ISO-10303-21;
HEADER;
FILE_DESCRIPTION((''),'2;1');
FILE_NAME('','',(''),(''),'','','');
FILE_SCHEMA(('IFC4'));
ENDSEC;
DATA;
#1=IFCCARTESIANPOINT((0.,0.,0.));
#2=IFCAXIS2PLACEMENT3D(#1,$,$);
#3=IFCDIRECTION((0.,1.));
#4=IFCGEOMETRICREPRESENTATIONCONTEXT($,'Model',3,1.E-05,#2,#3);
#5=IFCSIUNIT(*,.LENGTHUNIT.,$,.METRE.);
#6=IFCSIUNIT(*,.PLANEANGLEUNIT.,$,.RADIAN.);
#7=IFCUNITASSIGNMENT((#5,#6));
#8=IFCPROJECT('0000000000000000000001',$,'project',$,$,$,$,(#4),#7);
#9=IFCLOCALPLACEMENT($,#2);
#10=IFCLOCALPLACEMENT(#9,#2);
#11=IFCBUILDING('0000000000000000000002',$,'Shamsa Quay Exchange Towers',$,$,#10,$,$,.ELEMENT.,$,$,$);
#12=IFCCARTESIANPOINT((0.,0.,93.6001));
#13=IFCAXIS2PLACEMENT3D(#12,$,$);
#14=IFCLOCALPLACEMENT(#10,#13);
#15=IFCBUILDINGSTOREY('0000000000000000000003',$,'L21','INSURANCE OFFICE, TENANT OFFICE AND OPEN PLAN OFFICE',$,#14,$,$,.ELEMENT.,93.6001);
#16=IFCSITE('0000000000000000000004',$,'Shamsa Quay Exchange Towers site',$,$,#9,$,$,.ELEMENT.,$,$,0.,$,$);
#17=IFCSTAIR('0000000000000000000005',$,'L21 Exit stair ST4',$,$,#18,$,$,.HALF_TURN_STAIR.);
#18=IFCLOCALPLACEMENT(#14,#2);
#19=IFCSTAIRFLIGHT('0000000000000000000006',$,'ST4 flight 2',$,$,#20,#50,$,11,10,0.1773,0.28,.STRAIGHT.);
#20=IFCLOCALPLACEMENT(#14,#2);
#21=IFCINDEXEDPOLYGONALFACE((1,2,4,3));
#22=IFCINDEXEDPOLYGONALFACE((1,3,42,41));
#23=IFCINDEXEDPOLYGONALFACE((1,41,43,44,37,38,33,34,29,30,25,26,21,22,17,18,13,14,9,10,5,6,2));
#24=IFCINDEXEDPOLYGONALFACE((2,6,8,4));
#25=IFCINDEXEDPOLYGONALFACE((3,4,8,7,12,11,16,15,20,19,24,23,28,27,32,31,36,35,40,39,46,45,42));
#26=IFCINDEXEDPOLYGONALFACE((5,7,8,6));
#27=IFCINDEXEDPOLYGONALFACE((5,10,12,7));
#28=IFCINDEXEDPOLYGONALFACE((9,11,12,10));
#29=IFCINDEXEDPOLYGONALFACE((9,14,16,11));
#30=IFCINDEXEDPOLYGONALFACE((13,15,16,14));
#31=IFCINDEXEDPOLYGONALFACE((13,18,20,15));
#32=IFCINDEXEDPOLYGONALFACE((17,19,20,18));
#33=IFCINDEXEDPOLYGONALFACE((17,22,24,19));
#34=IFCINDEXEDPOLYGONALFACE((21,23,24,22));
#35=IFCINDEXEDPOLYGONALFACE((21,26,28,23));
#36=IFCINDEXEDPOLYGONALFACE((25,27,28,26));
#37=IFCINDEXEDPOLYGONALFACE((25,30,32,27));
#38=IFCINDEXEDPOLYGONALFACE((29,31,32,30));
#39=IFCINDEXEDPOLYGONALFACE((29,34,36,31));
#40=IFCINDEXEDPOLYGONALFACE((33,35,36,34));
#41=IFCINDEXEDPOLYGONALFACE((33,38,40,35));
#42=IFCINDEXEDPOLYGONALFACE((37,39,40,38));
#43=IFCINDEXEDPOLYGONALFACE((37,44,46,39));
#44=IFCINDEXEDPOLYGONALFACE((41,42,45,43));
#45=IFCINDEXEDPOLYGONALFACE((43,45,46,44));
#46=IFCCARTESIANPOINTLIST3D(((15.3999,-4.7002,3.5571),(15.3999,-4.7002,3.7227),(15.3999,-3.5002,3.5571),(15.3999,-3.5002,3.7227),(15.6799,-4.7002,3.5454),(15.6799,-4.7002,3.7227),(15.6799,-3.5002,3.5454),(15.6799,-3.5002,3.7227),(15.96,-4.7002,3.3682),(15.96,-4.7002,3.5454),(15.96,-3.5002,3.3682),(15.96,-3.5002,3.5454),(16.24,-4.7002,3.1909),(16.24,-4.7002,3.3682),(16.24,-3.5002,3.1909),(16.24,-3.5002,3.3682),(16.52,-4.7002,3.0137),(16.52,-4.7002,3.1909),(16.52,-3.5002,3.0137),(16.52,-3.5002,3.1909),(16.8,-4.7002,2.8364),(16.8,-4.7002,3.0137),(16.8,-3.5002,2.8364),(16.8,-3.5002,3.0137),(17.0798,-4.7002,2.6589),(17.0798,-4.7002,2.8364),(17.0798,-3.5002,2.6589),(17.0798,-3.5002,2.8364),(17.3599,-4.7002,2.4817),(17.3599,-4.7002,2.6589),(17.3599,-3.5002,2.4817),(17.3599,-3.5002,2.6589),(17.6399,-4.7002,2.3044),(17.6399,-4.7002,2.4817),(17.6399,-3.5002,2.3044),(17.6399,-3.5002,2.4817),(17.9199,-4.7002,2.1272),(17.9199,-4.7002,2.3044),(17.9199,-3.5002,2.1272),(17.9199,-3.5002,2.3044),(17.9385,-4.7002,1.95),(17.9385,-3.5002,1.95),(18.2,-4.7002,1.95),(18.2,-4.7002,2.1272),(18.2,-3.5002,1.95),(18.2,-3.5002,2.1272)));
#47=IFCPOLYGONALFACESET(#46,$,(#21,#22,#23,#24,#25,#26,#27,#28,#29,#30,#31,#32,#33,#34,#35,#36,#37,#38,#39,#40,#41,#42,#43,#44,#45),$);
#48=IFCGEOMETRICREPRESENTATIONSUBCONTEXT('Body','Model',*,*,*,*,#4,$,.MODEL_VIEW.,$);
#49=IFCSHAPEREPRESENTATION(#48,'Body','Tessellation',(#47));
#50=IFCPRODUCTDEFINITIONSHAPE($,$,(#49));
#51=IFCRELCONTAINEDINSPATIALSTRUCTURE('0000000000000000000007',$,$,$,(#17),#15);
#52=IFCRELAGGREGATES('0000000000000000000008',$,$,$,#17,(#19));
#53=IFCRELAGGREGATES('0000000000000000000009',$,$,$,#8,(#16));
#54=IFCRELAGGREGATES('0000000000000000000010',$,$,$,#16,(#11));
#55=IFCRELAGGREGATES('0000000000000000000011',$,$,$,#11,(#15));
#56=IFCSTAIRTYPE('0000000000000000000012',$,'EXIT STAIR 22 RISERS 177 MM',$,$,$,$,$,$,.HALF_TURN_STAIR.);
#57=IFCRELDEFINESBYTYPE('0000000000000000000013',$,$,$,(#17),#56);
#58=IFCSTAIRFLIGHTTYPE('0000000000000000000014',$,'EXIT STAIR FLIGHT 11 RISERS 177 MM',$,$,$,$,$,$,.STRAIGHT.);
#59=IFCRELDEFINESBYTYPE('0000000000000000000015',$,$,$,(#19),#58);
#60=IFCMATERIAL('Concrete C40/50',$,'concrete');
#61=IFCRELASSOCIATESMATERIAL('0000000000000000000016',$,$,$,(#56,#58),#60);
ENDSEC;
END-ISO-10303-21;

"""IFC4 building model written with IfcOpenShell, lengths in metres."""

from ifc_helpers import new_model, si_unit, direction, frame, origin, place, context, subcontext, project, spatial, polyline, outline, extrude, material, type_object, element, aggregate, save


model = new_model("IFC4")

# Units and contexts
model_context = context("Model", 3, precision=1e-05, world=origin(), true_north=direction((0.0, 1.0)))
body_context = subcontext(model_context, "Body", "Model", "MODEL_VIEW")
ifc_project = project(units=[si_unit("LENGTHUNIT", "METRE"), si_unit("PLANEANGLEUNIT", "RADIAN")], contexts=[model_context])

# Site, building, storey
site_placement = place(None, origin())
site = spatial("IfcSite", under=ifc_project, at=site_placement, Name="Shamsa Quay Exchange Towers site", CompositionType="ELEMENT", RefElevation=0.0)
building_placement = place(site_placement, origin())
building = spatial("IfcBuilding", under=site, at=building_placement, Name="Shamsa Quay Exchange Towers", CompositionType="ELEMENT")
storey_placement = place(building_placement, frame((0.0, 0.0, 93.6001)))
storey = spatial("IfcBuildingStorey", under=building, at=storey_placement, Name="L21", Description="INSURANCE OFFICE, TENANT OFFICE AND OPEN PLAN OFFICE", CompositionType="ELEMENT", Elevation=93.6001)

# Stair, stair flight
ifc_material_1 = material(Name="Concrete C40/50", Category="concrete")
stair_type = type_object("IfcStairType", Name="EXIT STAIR 22 RISERS 177 MM", PredefinedType="HALF_TURN_STAIR", material=ifc_material_1)
stair_placement = place(storey_placement, origin())
stair = element("IfcStair", 1, at=stair_placement, inside=storey, type_object=stair_type, Name="L21 Exit stair ST4", PredefinedType="HALF_TURN_STAIR")
stair_flight_type = type_object("IfcStairFlightType", Name="EXIT STAIR FLIGHT 11 RISERS 177 MM", PredefinedType="STRAIGHT", material=ifc_material_1)
stair_flight_1_placement = place(storey_placement, frame((18.2, -4.1001, 1.95), z_axis=(0.0, 0.0, 1.0), x_axis=(-1.0, 0.0, 0.0)))
stair_flight_1 = element("IfcStairFlight", 2, at=stair_flight_1_placement, type_object=stair_flight_type, Name="ST4 flight 2", NumberOfRisers=11, NumberOfTreads=10, PredefinedType="STRAIGHT", RiserHeight=0.1773, TreadLength=0.28, context=body_context, shape_type="SweptSolid", body=[
    extrude(outline(polyline([(0.0, 0.0), (0.0, 0.1772), (0.28, 0.1772), (0.28, 0.3545), (0.5601, 0.3545), (0.5601, 0.5317), (0.8401, 0.5317), (0.8401, 0.709), (1.1201, 0.709), (1.1201, 0.8865), (1.3999, 0.8865), (1.3999, 1.0637), (1.6799, 1.0637), (1.6799, 1.241), (1.96, 1.241), (1.96, 1.4182), (2.24, 1.4182), (2.24, 1.5955), (2.52, 1.5955), (2.52, 1.7727), (2.8, 1.7727), (2.8, 1.95), (2.8, 1.6072), (0.2615, 0.0), (0.0, 0.0)])), frame((0.0, 0.6001, 0.0), z_axis=(0.0, -1.0, 0.0), x_axis=(1.0, 0.0, 0.0)), (0.0, 0.0, 1.0), 1.2),
])
aggregate(stair, [stair_flight_1])

save(model, "model.ifc")
